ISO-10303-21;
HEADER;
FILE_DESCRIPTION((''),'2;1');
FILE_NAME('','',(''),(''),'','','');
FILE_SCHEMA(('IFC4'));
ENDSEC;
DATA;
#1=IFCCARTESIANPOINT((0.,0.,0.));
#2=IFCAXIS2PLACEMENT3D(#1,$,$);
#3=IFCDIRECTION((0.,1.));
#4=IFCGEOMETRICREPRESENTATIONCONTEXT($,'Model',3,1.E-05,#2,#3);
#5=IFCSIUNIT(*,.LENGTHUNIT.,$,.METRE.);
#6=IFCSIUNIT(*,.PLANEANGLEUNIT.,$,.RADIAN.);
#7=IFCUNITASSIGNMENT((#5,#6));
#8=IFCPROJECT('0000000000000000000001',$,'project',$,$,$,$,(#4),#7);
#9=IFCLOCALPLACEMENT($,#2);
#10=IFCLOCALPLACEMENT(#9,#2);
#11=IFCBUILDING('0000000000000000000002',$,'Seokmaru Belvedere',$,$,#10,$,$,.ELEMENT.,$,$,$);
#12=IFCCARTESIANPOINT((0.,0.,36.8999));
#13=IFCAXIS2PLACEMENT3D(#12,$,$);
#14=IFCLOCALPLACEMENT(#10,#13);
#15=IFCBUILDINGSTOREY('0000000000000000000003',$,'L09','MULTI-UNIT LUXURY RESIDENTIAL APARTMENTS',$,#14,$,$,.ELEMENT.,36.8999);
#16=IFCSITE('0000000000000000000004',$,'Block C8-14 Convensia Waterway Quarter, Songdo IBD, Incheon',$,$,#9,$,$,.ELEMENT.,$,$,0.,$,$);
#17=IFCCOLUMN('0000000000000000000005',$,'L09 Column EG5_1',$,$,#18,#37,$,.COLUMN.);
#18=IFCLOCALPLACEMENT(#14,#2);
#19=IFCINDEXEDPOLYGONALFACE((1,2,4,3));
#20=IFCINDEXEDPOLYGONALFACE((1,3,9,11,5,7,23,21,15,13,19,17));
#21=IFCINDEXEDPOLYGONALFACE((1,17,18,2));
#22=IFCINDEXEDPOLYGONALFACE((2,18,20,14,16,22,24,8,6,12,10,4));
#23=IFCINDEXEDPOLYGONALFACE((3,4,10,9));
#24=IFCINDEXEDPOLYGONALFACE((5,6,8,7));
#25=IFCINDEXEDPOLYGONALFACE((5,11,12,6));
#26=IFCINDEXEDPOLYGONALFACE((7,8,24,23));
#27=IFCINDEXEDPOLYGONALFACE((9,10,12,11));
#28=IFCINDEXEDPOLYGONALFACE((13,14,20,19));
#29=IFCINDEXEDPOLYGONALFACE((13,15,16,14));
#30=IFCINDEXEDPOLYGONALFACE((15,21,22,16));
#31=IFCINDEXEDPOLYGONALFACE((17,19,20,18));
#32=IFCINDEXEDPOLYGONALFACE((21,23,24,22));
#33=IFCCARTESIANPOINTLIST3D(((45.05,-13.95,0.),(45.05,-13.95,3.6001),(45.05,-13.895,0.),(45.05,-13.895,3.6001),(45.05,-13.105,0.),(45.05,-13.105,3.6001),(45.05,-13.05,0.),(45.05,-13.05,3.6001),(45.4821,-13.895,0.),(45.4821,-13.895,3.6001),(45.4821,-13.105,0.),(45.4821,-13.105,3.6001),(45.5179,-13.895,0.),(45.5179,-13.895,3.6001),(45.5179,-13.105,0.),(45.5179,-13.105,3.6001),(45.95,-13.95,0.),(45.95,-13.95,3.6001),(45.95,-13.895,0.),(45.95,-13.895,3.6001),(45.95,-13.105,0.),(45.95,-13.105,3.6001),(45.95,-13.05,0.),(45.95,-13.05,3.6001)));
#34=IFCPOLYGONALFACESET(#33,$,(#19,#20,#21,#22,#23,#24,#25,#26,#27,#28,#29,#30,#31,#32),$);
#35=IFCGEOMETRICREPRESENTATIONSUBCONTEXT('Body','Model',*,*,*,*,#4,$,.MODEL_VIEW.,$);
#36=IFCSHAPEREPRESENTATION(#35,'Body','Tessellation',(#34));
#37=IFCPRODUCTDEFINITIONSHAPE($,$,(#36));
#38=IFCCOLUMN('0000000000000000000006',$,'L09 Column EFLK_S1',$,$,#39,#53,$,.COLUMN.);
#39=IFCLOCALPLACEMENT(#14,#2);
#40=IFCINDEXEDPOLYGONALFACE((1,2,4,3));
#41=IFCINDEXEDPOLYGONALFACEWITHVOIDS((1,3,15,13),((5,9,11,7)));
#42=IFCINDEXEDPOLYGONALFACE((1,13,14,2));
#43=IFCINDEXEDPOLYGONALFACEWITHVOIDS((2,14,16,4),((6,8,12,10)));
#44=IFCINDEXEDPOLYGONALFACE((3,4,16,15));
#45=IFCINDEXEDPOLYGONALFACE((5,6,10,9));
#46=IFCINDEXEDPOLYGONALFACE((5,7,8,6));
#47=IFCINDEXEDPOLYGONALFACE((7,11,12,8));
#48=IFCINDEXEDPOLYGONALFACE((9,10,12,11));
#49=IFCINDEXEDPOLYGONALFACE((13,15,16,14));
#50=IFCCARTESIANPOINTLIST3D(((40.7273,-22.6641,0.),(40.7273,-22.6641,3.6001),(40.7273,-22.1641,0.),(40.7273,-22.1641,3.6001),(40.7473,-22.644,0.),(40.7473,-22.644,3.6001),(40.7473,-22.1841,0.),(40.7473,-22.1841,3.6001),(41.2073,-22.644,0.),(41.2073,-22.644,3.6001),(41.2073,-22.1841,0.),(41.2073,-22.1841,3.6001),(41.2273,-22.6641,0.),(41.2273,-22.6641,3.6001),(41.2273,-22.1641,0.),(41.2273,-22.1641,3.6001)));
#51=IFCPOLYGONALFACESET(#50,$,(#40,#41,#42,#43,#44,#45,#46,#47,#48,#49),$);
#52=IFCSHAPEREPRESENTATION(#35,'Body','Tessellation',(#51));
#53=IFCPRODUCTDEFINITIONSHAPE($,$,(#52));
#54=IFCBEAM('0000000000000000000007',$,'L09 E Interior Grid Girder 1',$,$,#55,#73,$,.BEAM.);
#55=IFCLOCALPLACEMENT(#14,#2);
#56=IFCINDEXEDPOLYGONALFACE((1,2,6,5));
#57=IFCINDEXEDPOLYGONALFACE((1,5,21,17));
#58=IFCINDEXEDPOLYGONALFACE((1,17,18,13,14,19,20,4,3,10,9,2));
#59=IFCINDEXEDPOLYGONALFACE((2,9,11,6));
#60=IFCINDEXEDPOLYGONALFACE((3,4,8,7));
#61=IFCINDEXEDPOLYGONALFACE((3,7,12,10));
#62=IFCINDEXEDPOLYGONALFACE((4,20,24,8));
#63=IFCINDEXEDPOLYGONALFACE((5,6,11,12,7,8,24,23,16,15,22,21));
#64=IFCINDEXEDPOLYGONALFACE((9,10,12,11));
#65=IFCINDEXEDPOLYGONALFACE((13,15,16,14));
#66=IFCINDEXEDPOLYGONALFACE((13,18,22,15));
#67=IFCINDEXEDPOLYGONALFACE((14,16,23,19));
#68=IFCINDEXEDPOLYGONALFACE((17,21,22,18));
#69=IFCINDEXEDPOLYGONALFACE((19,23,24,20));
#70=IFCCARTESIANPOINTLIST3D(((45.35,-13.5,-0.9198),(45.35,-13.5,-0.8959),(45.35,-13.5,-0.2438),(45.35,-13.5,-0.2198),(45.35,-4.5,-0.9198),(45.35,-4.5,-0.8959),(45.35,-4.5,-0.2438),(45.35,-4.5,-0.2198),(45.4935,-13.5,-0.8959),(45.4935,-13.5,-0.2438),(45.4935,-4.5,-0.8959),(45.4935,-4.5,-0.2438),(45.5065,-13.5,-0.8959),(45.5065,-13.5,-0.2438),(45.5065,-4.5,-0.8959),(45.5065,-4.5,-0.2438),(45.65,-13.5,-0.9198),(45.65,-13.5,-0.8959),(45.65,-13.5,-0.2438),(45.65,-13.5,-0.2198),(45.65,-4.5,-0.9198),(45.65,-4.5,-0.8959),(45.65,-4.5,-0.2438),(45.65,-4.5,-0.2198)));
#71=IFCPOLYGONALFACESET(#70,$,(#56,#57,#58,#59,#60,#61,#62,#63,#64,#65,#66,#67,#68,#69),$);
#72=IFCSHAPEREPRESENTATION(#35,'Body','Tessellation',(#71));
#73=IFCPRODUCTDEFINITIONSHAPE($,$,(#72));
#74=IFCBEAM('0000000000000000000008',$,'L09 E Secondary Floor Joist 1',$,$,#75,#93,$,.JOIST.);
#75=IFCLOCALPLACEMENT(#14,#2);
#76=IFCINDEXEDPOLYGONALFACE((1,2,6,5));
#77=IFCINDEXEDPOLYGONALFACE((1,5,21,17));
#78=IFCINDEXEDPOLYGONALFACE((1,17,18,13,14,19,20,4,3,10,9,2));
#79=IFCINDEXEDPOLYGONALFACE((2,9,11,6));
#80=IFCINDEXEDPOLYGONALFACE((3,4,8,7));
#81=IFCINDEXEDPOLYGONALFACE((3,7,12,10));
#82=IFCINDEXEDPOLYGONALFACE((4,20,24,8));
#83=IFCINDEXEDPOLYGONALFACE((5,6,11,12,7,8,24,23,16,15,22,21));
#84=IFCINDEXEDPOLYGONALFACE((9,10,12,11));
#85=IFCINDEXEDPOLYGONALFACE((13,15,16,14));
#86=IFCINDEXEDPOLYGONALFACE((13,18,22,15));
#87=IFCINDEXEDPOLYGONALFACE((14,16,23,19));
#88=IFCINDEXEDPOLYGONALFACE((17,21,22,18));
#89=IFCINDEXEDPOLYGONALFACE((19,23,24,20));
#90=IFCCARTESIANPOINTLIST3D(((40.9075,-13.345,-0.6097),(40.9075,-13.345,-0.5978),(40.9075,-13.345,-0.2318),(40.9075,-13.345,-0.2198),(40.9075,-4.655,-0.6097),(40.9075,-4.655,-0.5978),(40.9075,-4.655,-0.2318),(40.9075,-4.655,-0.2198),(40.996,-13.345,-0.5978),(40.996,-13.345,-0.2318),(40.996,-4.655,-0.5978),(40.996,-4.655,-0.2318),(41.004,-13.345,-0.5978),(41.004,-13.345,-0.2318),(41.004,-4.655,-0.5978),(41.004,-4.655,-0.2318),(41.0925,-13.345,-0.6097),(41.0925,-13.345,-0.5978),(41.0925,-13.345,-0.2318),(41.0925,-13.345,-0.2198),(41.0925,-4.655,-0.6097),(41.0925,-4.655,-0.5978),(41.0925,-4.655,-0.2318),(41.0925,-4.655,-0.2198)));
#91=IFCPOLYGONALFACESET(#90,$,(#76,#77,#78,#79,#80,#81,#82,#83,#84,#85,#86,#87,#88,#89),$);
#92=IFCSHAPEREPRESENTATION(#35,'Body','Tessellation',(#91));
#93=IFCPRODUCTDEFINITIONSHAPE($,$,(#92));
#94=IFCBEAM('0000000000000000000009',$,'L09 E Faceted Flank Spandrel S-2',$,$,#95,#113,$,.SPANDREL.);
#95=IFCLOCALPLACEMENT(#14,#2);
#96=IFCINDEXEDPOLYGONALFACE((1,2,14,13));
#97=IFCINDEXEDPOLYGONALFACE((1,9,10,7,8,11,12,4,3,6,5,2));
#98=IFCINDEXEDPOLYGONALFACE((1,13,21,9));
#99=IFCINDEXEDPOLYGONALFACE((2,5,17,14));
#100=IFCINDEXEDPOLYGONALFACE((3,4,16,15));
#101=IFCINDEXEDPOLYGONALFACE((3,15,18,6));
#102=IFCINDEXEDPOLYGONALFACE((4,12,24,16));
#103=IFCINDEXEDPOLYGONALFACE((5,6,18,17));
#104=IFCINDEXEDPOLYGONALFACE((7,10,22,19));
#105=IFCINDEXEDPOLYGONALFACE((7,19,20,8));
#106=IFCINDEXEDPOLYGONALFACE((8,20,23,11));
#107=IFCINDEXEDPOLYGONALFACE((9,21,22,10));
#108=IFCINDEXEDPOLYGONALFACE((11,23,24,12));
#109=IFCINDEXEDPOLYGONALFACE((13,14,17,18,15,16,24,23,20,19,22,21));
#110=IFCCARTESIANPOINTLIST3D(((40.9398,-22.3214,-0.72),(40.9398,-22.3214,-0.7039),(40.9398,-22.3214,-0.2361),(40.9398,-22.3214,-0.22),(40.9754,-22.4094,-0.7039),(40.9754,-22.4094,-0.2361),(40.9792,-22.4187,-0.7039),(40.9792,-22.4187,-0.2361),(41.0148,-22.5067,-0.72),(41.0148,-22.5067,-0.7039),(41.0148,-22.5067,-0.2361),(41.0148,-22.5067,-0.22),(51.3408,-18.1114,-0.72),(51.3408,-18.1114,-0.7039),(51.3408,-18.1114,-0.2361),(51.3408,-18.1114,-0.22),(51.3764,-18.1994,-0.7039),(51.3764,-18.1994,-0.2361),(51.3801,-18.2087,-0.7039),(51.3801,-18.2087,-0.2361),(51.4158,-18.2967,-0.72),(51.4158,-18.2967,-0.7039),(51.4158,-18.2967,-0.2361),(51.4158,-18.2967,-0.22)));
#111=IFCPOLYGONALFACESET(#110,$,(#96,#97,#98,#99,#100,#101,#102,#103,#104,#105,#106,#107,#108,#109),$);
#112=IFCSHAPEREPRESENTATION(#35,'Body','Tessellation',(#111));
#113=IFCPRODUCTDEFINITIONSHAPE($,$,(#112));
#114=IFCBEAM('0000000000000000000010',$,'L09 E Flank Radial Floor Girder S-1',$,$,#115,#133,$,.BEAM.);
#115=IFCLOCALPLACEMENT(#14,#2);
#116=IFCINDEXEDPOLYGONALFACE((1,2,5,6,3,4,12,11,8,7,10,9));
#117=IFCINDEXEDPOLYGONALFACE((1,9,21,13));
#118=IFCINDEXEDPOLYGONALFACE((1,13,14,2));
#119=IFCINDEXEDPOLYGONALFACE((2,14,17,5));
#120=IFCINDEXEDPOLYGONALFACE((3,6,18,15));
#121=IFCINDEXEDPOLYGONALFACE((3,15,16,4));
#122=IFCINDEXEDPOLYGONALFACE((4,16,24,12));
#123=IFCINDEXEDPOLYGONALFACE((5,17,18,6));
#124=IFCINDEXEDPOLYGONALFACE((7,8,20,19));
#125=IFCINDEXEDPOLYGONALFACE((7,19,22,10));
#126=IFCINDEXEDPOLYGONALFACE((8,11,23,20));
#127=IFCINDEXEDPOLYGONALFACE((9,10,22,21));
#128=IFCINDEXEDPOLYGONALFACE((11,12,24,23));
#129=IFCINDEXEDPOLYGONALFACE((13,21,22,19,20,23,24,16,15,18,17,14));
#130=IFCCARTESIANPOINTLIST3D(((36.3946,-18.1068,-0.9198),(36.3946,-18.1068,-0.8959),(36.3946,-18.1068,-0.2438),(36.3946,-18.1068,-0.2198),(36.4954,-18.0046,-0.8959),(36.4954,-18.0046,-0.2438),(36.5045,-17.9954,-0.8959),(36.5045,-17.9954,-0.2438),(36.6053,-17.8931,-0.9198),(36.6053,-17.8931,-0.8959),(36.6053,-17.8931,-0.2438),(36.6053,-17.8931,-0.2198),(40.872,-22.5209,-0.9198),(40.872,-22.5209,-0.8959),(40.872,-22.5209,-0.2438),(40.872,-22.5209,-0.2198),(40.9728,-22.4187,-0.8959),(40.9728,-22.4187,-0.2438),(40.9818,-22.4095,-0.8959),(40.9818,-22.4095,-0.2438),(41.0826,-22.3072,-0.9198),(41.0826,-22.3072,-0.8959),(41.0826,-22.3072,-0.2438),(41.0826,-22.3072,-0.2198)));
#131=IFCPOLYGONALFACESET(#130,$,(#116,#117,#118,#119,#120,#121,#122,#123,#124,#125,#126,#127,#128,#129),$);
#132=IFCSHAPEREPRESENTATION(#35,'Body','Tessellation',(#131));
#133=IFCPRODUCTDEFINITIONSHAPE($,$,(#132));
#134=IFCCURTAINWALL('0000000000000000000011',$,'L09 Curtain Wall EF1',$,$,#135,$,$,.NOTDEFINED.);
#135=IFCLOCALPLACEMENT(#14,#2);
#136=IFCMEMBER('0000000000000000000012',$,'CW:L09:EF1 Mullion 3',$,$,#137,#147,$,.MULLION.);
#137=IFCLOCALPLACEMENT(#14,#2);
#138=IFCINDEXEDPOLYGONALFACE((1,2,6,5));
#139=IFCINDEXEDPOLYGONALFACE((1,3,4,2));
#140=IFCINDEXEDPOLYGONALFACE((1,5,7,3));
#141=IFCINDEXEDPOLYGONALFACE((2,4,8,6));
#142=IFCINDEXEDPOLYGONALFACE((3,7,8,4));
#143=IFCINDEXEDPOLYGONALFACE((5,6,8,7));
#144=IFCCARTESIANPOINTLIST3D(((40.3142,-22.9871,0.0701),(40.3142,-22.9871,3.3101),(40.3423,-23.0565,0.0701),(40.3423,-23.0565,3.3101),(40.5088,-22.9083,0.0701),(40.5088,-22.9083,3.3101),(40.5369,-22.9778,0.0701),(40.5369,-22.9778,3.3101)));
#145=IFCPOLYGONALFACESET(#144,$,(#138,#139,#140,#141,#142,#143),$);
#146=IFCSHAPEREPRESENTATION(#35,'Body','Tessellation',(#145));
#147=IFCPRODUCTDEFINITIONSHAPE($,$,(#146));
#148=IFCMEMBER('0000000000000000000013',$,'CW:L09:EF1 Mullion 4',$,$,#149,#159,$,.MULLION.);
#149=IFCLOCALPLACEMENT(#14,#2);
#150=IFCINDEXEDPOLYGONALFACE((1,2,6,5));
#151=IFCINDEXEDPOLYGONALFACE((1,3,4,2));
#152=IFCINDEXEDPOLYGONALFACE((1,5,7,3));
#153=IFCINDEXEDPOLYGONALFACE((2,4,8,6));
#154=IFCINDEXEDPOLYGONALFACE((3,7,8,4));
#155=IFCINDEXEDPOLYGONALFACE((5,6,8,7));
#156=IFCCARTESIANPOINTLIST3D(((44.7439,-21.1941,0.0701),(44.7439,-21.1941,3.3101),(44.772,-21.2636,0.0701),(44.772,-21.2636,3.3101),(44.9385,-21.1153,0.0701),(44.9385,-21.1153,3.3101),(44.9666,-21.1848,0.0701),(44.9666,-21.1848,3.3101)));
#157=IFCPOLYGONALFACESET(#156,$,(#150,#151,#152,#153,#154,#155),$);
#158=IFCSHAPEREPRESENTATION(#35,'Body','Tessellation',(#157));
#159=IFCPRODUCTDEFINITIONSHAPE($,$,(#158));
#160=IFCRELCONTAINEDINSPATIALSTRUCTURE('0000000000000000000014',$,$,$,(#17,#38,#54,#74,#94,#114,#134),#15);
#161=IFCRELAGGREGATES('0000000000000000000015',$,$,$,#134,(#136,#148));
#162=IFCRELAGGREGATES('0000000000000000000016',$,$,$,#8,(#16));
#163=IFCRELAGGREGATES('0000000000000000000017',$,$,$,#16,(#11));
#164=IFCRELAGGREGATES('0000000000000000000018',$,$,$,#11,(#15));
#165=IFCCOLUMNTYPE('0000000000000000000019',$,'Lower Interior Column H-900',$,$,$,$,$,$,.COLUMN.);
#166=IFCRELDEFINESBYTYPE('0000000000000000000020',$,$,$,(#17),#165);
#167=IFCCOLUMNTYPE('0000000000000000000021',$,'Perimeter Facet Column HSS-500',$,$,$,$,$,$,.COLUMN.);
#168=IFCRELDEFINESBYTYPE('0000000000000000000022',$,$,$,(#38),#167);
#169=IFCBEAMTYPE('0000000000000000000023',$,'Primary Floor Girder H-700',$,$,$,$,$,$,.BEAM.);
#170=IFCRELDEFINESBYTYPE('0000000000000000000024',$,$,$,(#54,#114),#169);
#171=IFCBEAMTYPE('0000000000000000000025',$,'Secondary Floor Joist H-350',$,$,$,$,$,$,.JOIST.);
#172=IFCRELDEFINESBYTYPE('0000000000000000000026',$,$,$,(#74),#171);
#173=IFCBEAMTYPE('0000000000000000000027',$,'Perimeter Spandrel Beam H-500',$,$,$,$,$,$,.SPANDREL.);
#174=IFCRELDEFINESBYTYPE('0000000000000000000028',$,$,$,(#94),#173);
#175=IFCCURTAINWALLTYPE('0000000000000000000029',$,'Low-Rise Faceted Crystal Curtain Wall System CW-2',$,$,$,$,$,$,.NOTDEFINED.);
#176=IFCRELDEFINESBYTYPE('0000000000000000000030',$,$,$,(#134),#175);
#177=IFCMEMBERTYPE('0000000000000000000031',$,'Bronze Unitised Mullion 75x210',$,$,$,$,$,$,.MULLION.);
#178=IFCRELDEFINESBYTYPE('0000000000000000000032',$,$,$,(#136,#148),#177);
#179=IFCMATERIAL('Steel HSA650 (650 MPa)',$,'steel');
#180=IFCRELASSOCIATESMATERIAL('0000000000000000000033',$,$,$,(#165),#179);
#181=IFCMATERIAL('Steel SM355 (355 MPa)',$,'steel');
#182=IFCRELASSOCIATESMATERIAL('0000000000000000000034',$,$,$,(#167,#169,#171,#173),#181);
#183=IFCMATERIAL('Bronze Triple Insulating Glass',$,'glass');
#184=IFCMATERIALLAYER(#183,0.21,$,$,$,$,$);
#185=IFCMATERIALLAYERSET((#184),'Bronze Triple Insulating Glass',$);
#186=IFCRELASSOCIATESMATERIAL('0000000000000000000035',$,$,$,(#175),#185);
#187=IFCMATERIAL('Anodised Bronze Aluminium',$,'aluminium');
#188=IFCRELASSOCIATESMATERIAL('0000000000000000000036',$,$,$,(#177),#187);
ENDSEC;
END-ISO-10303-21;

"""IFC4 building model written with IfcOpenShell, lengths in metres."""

from ifc_helpers import new_model, si_unit, direction, frame, origin, origin_2d, place, context, subcontext, project, spatial, rectangle, hollow_rectangle, i_section, extrude, source, transform, mapped, material, layer, layer_set, material_profile, profile_set, type_object, type_shapes, element, aggregate, save


model = new_model("IFC4")

# Units and contexts
model_context = context("Model", 3, precision=1e-05, world=origin(), true_north=direction((0.0, 1.0)))
body_context = subcontext(model_context, "Body", "Model", "MODEL_VIEW")
ifc_project = project(units=[si_unit("LENGTHUNIT", "METRE"), si_unit("PLANEANGLEUNIT", "RADIAN")], contexts=[model_context])

# Site, building, storey
site_placement = place(None, origin())
site = spatial("IfcSite", under=ifc_project, at=site_placement, Name="Block C8-14 Convensia Waterway Quarter, Songdo IBD, Incheon", CompositionType="ELEMENT", RefElevation=0.0)
building_placement = place(site_placement, origin())
building = spatial("IfcBuilding", under=site, at=building_placement, Name="Seokmaru Belvedere", CompositionType="ELEMENT")
storey_placement = place(building_placement, frame((0.0, 0.0, 36.8999)))
storey = spatial("IfcBuildingStorey", under=building, at=storey_placement, Name="L09", Description="MULTI-UNIT LUXURY RESIDENTIAL APARTMENTS", CompositionType="ELEMENT", Elevation=36.8999)

# Columns
ifc_material_1 = material(Name="Steel HSA650 (650 MPa)", Category="steel")
ifc_material_profile_1 = material_profile(ifc_material_1, i_section(OverallWidth=0.8999, OverallDepth=0.8999, WebThickness=0.0359, FlangeThickness=0.0549, at=origin_2d()), Name="H-900x900x36x55")
ifc_profile_set_1 = profile_set([ifc_material_profile_1], Name="Steel HSA650 (650 MPa)")
column_type_1 = type_object("IfcColumnType", Name="Lower Interior Column H-900", PredefinedType="COLUMN", material=ifc_profile_set_1)
shared_shape_1 = source(origin(), body_context, "Body", "SweptSolid", [
    extrude(i_section(OverallWidth=0.8999, OverallDepth=0.8999, WebThickness=0.0359, FlangeThickness=0.0549, at=origin_2d()), origin(), (0.0, 0.0, 1.0), 3.6001),
])
type_shapes(column_type_1, [shared_shape_1])
column_1_placement = place(storey_placement, frame((45.5, -13.5, 0.0), z_axis=(0.0, 0.0, 1.0), x_axis=(1.0, 0.0, 0.0)))
element("IfcColumn", 1, at=column_1_placement, inside=storey, type_object=column_type_1, Name="L09 Column EG5_1", PredefinedType="COLUMN", context=body_context, shape_type="MappedRepresentation", body=[
    mapped(shared_shape_1, transform((0.0, 0.0, 0.0), scale=1.0)),
])
ifc_material_2 = material(Name="Steel SM355 (355 MPa)", Category="steel")
ifc_material_profile_2 = material_profile(ifc_material_2, hollow_rectangle(XDim=0.5, YDim=0.5, WallThickness=0.02, at=origin_2d()), Name="HSS-500x500x20")
ifc_profile_set_2 = profile_set([ifc_material_profile_2], Name="Steel SM355 (355 MPa)")
column_type_2 = type_object("IfcColumnType", Name="Perimeter Facet Column HSS-500", PredefinedType="COLUMN", material=ifc_profile_set_2)
shared_shape_2 = source(origin(), body_context, "Body", "SweptSolid", [
    extrude(hollow_rectangle(XDim=0.5, YDim=0.5, WallThickness=0.02, at=origin_2d()), origin(), (0.0, 0.0, 1.0), 3.6001),
])
type_shapes(column_type_2, [shared_shape_2])
column_2_placement = place(storey_placement, frame((40.9773, -22.4141, 0.0), z_axis=(0.0, 0.0, 1.0), x_axis=(1.0, 0.0, 0.0)))
element("IfcColumn", 2, at=column_2_placement, inside=storey, type_object=column_type_2, Name="L09 Column EFLK_S1", PredefinedType="COLUMN", context=body_context, shape_type="MappedRepresentation", body=[
    mapped(shared_shape_2, transform((0.0, 0.0, 0.0), scale=1.0)),
])

# Beams
ifc_material_profile_3 = material_profile(ifc_material_2, i_section(OverallWidth=0.3, OverallDepth=0.7, WebThickness=0.0129, FlangeThickness=0.0239, at=origin_2d()), Name="H-700x300x13x24")
ifc_profile_set_3 = profile_set([ifc_material_profile_3], Name="Steel SM355 (355 MPa)")
beam_type_1 = type_object("IfcBeamType", Name="Primary Floor Girder H-700", PredefinedType="BEAM", material=ifc_profile_set_3)
shared_shape_3 = source(origin(), body_context, "Body", "SweptSolid", [
    extrude(i_section(OverallWidth=0.3, OverallDepth=0.7, WebThickness=0.0129, FlangeThickness=0.0239, at=origin_2d()), origin(), (0.0, 0.0, 1.0), 9.0),
])
beam_1_placement = place(storey_placement, frame((45.5, -13.5, -0.5698), z_axis=(0.0, 1.0, 0.0), x_axis=(-1.0, 0.0, 0.0)))
element("IfcBeam", 3, at=beam_1_placement, inside=storey, type_object=beam_type_1, Name="L09 E Interior Grid Girder 1", PredefinedType="BEAM", context=body_context, shape_type="MappedRepresentation", body=[
    mapped(shared_shape_3, transform((0.0, 0.0, 0.0), scale=1.0)),
])
ifc_material_profile_4 = material_profile(ifc_material_2, i_section(OverallWidth=0.1851, OverallDepth=0.3899, WebThickness=0.0081, FlangeThickness=0.012, at=origin_2d()), Name="H-390x185x8x12")
ifc_profile_set_4 = profile_set([ifc_material_profile_4], Name="Steel SM355 (355 MPa)")
beam_type_2 = type_object("IfcBeamType", Name="Secondary Floor Joist H-350", PredefinedType="JOIST", material=ifc_profile_set_4)
shared_shape_4 = source(origin(), body_context, "Body", "SweptSolid", [
    extrude(i_section(OverallWidth=0.1851, OverallDepth=0.3899, WebThickness=0.0081, FlangeThickness=0.012, at=origin_2d()), origin(), (0.0, 0.0, 1.0), 8.6899),
])
type_shapes(beam_type_2, [shared_shape_4])
beam_2_placement = place(storey_placement, frame((41.0, -13.345, -0.4148), z_axis=(0.0, 1.0, 0.0), x_axis=(-1.0, 0.0, 0.0)))
element("IfcBeam", 4, at=beam_2_placement, inside=storey, type_object=beam_type_2, Name="L09 E Secondary Floor Joist 1", PredefinedType="JOIST", context=body_context, shape_type="MappedRepresentation", body=[
    mapped(shared_shape_4, transform((0.0, 0.0, 0.0), scale=1.0)),
])
ifc_material_profile_5 = material_profile(ifc_material_2, i_section(OverallWidth=0.2, OverallDepth=0.5, WebThickness=0.01, FlangeThickness=0.0161, at=origin_2d()), Name="H-500x200x10x16")
ifc_profile_set_5 = profile_set([ifc_material_profile_5], Name="Steel SM355 (355 MPa)")
beam_type_3 = type_object("IfcBeamType", Name="Perimeter Spandrel Beam H-500", PredefinedType="SPANDREL", material=ifc_profile_set_5)
shared_shape_5 = source(origin(), body_context, "Body", "SweptSolid", [
    extrude(i_section(OverallWidth=0.2, OverallDepth=0.5, WebThickness=0.01, FlangeThickness=0.0161, at=origin_2d()), origin(), (0.0, 0.0, 1.0), 11.2207),
])
type_shapes(beam_type_3, [shared_shape_5])
beam_3_placement = place(storey_placement, frame((40.9773, -22.4141, -0.47), z_axis=(0.926944, 0.375199, 0.0), x_axis=(-0.375199, 0.926944, 0.0)))
element("IfcBeam", 5, at=beam_3_placement, inside=storey, type_object=beam_type_3, Name="L09 E Faceted Flank Spandrel S-2", PredefinedType="SPANDREL", context=body_context, shape_type="MappedRepresentation", body=[
    mapped(shared_shape_5, transform((0.0, 0.0, 0.0), scale=1.0)),
])
shared_shape_6 = source(origin(), body_context, "Body", "SweptSolid", [
    extrude(i_section(OverallWidth=0.3, OverallDepth=0.7, WebThickness=0.0129, FlangeThickness=0.0239, at=origin_2d()), origin(), (0.0, 0.0, 1.0), 6.2874),
])
type_shapes(beam_type_1, [shared_shape_3, shared_shape_6])
beam_4_placement = place(storey_placement, frame((40.9773, -22.4141, -0.5698), z_axis=(-0.712117, 0.70206, 0.0), x_axis=(-0.70206, -0.712117, 0.0)))
element("IfcBeam", 6, at=beam_4_placement, inside=storey, type_object=beam_type_1, Name="L09 E Flank Radial Floor Girder S-1", PredefinedType="BEAM", context=body_context, shape_type="MappedRepresentation", body=[
    mapped(shared_shape_6, transform((0.0, 0.0, 0.0), scale=1.0)),
])

# Curtain wall, members
ifc_material_3 = material(Name="Bronze Triple Insulating Glass", Category="glass")
ifc_layer_1 = layer(ifc_material_3, 0.21)
ifc_layer_set_1 = layer_set([ifc_layer_1], Name="Bronze Triple Insulating Glass")
curtain_wall_type = type_object("IfcCurtainWallType", Name="Low-Rise Faceted Crystal Curtain Wall System CW-2", PredefinedType="NOTDEFINED", material=ifc_layer_set_1)
curtain_wall_placement = place(storey_placement, origin())
curtain_wall = element("IfcCurtainWall", 7, at=curtain_wall_placement, inside=storey, type_object=curtain_wall_type, Name="L09 Curtain Wall EF1", PredefinedType="NOTDEFINED")
ifc_material_4 = material(Name="Anodised Bronze Aluminium", Category="aluminium")
ifc_material_profile_6 = material_profile(ifc_material_4, rectangle(XDim=0.075, YDim=0.21, at=origin_2d()), Name="CW-M-75x210")
ifc_profile_set_6 = profile_set([ifc_material_profile_6], Name="Anodised Bronze Aluminium")
member_type = type_object("IfcMemberType", Name="Bronze Unitised Mullion 75x210", PredefinedType="MULLION", material=ifc_profile_set_6)
shared_shape_7 = source(origin(), body_context, "Body", "SweptSolid", [
    extrude(rectangle(XDim=0.075, YDim=0.21, at=origin_2d()), origin(), (0.0, 0.0, 1.0), 3.24),
])
type_shapes(member_type, [shared_shape_7])
member_1_placement = place(storey_placement, frame((40.4255, -22.9824, 0.0701), z_axis=(0.0, 0.0, 1.0), x_axis=(-0.375192, 0.926947, 0.0)))
member_1 = element("IfcMember", 8, at=member_1_placement, type_object=member_type, Name="CW:L09:EF1 Mullion 3", PredefinedType="MULLION", context=body_context, shape_type="MappedRepresentation", body=[
    mapped(shared_shape_7, transform((0.0, 0.0, 0.0), scale=1.0)),
])
member_2_placement = place(storey_placement, frame((44.8552, -21.1895, 0.0701), z_axis=(0.0, 0.0, 1.0), x_axis=(-0.375192, 0.926947, 0.0)))
member_2 = element("IfcMember", 9, at=member_2_placement, type_object=member_type, Name="CW:L09:EF1 Mullion 4", PredefinedType="MULLION", context=body_context, shape_type="MappedRepresentation", body=[
    mapped(shared_shape_7, transform((0.0, 0.0, 0.0), scale=1.0)),
])
aggregate(curtain_wall, [member_1, member_2])

save(model, "model.ifc")
